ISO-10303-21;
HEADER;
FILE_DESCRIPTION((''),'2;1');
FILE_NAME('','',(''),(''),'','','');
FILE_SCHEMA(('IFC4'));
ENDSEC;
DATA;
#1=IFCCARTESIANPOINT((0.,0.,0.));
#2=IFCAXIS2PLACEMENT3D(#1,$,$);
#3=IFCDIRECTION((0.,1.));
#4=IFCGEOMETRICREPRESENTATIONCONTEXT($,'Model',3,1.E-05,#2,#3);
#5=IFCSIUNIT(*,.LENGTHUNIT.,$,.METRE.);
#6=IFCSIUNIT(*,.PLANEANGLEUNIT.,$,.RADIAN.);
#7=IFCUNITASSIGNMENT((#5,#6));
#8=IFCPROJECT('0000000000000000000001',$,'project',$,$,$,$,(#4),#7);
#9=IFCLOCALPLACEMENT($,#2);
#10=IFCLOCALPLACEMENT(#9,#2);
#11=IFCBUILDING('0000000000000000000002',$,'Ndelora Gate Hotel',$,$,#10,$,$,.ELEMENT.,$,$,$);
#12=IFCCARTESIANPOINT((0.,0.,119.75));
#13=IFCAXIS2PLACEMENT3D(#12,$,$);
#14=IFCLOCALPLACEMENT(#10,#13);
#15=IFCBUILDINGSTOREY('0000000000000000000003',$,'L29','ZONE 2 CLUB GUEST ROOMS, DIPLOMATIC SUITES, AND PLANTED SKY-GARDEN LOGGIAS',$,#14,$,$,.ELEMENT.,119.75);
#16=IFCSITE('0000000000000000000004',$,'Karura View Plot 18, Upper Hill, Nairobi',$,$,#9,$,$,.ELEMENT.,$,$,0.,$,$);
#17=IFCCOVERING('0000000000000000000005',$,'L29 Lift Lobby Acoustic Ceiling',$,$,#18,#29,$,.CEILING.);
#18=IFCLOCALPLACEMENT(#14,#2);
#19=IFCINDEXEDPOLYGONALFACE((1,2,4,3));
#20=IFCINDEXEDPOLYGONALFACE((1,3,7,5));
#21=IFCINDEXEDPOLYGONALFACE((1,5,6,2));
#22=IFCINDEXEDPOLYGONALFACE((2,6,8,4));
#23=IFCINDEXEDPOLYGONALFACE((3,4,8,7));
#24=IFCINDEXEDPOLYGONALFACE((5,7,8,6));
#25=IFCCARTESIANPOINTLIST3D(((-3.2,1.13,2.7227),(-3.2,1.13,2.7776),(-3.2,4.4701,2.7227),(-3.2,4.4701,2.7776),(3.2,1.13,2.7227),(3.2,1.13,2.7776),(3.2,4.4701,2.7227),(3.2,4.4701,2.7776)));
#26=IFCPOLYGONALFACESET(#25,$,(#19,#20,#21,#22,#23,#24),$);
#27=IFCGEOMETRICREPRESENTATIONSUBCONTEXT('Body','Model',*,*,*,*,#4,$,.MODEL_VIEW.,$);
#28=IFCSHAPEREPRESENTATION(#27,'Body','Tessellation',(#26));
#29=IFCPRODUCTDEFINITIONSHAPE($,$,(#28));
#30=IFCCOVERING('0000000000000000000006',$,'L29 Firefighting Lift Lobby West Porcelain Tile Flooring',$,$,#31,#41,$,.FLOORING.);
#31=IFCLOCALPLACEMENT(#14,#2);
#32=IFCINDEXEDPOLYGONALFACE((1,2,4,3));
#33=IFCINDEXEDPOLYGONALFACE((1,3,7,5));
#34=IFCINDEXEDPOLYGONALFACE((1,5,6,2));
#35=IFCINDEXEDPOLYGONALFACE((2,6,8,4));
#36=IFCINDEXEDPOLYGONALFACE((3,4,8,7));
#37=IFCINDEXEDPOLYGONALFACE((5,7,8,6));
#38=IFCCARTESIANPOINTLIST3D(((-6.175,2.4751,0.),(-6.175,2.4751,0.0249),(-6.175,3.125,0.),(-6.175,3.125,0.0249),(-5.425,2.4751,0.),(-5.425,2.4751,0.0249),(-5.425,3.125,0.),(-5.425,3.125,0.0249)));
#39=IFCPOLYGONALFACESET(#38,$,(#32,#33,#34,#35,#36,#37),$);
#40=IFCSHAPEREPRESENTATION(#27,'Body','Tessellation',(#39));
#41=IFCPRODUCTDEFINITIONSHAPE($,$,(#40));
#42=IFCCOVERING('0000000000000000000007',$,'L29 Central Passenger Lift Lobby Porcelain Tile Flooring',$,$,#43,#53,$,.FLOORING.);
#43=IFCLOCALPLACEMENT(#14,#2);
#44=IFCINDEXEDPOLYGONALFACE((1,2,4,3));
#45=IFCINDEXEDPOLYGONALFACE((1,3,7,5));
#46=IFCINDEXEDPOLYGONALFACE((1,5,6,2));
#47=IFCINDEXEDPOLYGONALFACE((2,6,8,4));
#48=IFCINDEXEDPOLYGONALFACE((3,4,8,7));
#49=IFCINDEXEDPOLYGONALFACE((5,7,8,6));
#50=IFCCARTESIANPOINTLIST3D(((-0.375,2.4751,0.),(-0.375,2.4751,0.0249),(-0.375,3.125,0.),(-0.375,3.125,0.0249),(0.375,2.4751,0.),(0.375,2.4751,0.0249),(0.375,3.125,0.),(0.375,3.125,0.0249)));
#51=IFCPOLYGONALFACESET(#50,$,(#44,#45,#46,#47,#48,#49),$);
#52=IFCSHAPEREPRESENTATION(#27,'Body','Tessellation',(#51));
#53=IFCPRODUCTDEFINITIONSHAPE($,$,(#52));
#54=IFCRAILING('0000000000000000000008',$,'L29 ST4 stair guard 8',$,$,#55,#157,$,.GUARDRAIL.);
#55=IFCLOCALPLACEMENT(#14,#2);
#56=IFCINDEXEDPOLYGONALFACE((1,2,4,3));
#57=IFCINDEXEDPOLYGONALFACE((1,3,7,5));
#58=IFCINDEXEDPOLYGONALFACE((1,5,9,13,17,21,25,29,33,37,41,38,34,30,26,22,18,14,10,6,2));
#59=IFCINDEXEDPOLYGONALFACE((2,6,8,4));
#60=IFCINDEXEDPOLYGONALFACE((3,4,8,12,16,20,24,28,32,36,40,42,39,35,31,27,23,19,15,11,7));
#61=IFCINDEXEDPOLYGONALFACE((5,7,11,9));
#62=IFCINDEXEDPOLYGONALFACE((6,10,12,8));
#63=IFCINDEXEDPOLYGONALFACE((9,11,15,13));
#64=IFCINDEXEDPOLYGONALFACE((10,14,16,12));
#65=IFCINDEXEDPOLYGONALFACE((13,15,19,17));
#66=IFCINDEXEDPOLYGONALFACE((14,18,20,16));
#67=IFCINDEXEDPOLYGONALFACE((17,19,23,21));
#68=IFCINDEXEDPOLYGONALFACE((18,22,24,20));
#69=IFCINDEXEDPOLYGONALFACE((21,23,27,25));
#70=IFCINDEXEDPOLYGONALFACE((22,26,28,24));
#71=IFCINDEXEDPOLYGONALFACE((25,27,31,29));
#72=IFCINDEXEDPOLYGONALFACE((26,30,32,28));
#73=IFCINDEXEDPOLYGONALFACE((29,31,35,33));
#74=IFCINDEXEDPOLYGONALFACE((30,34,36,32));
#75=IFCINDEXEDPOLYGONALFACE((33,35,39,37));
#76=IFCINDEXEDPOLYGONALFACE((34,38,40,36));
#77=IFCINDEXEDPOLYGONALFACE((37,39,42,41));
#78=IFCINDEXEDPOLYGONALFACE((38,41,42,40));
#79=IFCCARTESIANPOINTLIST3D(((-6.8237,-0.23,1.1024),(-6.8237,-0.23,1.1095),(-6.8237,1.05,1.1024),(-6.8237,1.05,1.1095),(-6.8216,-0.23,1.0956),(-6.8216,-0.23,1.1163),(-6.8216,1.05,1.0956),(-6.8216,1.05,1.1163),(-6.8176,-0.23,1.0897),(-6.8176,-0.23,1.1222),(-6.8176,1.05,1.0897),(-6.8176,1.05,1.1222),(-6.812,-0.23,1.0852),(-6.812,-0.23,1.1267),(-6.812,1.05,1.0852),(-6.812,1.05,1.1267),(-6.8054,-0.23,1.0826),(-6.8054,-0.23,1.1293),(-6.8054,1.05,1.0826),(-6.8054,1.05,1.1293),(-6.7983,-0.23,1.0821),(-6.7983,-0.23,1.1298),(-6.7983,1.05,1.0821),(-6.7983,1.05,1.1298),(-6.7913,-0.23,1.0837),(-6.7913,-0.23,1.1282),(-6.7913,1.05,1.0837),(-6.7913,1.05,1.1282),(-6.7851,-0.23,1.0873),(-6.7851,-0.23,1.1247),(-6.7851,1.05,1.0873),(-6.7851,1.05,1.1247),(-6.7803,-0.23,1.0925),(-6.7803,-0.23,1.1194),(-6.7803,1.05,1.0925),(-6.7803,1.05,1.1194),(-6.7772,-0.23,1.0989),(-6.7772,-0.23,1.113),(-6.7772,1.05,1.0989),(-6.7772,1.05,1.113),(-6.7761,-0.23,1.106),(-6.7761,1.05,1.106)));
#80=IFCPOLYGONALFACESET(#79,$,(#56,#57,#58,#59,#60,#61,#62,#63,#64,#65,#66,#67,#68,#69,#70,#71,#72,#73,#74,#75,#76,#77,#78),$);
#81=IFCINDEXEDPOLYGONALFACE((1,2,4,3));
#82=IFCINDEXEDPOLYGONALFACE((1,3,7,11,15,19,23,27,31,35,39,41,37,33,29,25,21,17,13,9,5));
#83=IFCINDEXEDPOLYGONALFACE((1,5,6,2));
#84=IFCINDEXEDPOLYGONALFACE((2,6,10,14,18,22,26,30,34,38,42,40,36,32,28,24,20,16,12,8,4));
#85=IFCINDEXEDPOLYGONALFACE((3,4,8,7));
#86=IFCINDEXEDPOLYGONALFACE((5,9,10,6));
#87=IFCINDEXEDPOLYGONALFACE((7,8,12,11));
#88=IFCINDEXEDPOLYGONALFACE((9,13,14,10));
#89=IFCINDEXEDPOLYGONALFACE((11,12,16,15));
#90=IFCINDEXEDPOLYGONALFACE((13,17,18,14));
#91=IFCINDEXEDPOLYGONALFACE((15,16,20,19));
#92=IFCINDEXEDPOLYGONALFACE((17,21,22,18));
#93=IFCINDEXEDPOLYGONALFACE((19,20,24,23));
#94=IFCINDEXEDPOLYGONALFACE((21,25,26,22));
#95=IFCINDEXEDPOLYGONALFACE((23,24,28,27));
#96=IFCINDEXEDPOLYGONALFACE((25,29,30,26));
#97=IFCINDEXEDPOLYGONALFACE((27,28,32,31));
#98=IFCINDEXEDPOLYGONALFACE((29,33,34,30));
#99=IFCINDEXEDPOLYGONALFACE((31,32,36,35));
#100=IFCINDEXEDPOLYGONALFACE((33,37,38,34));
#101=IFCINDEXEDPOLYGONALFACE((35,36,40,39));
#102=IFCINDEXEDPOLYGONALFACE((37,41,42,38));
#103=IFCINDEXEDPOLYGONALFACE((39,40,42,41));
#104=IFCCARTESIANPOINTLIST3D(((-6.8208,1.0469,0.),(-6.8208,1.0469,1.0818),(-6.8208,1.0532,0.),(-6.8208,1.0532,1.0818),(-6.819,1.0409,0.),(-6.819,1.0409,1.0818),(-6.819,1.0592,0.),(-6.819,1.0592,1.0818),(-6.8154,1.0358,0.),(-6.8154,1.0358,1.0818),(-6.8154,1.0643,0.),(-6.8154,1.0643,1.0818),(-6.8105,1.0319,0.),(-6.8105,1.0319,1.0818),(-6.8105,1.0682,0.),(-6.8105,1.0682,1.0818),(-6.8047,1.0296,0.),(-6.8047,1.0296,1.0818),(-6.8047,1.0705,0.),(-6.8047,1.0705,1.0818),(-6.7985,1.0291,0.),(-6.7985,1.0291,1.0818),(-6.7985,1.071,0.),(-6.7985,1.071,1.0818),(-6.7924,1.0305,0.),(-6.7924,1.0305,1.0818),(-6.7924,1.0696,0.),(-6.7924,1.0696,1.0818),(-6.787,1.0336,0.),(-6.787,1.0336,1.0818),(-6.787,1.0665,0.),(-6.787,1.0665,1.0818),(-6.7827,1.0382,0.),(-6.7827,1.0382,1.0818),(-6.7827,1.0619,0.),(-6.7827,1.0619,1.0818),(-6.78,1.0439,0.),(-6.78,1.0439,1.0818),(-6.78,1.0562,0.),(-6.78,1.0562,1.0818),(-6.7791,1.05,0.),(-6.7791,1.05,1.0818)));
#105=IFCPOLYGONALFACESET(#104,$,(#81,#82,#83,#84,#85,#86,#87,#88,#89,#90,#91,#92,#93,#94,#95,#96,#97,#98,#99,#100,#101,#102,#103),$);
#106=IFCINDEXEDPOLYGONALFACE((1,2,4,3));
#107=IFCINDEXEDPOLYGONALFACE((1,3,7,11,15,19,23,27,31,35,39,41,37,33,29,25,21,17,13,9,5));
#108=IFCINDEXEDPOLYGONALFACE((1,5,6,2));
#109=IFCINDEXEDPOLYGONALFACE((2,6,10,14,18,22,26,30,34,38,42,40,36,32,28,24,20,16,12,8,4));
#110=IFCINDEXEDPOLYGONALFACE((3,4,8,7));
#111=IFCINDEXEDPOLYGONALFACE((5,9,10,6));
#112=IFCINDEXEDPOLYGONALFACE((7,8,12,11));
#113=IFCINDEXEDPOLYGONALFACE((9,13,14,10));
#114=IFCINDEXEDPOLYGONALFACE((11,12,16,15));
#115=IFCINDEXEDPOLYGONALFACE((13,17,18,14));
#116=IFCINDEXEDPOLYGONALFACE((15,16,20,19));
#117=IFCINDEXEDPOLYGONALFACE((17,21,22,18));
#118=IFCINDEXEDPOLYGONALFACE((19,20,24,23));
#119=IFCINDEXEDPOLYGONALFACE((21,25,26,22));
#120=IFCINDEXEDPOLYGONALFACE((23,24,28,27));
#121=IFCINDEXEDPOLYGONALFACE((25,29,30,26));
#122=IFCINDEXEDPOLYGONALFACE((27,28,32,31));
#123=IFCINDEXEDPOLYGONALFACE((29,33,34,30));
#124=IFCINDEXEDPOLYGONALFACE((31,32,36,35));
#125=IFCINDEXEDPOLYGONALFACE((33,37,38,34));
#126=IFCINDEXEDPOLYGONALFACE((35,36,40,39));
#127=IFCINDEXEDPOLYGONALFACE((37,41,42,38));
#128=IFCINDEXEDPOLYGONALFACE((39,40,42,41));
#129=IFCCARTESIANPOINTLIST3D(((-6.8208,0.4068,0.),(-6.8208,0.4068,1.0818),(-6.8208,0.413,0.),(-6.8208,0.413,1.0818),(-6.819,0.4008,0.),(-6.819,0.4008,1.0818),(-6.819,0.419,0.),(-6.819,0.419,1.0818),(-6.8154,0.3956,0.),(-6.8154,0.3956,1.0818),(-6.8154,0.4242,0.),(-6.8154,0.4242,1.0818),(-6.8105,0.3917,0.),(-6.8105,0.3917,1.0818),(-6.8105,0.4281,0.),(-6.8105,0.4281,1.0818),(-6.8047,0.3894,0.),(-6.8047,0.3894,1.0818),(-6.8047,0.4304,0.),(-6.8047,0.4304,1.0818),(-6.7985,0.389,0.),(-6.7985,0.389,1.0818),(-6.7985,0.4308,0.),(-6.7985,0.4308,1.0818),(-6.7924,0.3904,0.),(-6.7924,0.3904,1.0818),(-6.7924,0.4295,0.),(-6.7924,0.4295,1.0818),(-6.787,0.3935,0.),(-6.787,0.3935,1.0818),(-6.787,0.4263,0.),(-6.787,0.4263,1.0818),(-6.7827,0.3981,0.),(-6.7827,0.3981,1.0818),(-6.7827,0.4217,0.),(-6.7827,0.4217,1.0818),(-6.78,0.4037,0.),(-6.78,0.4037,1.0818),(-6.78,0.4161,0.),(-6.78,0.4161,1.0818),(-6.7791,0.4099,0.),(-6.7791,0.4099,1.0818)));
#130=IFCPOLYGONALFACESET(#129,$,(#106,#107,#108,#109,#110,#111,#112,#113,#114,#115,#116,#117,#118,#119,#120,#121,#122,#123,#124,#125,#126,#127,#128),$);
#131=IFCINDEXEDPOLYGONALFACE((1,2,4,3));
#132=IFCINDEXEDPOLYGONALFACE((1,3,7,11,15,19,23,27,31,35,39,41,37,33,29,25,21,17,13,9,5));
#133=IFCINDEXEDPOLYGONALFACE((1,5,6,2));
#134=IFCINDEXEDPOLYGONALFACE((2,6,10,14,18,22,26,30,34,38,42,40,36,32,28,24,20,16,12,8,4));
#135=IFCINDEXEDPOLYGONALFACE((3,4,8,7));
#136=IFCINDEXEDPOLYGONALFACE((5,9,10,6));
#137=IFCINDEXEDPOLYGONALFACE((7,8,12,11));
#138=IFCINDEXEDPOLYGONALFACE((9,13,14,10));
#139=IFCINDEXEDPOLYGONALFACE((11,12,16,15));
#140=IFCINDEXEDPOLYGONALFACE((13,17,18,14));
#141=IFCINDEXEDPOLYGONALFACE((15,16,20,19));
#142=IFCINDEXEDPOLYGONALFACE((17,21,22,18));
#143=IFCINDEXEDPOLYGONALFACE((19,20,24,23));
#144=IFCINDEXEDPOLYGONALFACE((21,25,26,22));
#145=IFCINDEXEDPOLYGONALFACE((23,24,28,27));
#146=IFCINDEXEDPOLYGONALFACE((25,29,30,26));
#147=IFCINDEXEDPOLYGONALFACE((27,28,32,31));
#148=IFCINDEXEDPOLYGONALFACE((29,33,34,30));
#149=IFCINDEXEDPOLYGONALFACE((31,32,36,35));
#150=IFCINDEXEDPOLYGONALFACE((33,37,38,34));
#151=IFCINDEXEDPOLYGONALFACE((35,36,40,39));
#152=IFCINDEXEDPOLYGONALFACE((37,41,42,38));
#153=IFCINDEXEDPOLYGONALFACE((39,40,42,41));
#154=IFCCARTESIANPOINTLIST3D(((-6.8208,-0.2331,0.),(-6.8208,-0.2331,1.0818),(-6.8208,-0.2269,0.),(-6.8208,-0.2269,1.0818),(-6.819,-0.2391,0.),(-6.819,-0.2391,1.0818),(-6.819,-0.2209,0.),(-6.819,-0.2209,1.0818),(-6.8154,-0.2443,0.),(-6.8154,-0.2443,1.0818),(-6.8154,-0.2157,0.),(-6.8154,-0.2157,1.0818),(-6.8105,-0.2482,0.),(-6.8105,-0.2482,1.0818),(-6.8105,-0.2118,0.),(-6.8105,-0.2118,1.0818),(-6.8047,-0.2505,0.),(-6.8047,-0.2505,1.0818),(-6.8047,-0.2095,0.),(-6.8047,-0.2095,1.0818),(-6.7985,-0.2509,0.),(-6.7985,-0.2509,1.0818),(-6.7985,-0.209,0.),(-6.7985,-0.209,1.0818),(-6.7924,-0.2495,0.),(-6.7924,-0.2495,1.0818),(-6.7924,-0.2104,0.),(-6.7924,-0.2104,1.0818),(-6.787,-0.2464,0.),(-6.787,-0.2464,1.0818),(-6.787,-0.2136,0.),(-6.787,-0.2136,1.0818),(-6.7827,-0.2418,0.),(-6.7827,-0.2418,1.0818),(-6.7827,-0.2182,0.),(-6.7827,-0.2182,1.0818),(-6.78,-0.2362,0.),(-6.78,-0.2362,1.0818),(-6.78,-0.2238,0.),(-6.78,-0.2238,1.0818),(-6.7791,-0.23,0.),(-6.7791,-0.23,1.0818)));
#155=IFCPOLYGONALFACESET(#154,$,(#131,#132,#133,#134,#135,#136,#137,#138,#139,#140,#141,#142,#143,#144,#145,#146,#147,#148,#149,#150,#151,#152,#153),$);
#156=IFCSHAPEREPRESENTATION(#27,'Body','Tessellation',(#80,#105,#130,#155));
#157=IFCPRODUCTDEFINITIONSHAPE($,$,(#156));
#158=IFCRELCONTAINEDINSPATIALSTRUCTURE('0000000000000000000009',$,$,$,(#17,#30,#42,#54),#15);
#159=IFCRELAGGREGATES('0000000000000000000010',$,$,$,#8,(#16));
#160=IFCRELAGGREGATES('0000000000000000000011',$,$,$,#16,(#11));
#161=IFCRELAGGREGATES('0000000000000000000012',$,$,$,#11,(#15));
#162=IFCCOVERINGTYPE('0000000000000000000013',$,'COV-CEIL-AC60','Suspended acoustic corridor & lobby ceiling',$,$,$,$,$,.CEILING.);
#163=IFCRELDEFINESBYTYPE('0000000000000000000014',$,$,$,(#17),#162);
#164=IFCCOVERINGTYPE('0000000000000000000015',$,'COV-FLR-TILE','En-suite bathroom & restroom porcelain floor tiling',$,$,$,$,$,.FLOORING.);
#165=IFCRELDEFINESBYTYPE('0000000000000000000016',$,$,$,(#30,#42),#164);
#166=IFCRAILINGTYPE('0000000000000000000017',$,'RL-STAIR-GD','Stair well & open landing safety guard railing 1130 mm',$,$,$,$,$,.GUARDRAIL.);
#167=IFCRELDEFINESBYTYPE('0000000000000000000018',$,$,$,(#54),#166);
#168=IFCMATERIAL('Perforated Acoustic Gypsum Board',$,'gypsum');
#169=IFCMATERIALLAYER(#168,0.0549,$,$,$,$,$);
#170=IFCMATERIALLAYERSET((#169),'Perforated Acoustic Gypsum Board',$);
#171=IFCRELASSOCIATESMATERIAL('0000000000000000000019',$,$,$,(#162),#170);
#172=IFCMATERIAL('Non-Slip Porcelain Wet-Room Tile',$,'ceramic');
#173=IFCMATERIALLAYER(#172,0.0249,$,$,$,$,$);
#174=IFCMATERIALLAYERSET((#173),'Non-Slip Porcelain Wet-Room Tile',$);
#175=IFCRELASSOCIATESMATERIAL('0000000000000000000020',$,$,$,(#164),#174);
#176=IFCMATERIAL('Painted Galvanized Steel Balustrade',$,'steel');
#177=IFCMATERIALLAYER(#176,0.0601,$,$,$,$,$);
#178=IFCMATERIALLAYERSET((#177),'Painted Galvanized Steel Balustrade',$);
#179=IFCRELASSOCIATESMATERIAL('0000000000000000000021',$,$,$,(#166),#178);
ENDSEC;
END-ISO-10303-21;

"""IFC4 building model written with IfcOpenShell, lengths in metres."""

from ifc_helpers import new_model, si_unit, direction, frame, origin, origin_2d, place, context, subcontext, project, spatial, rectangle, circle, extrude, material, layer, layer_set, type_object, element, save


model = new_model("IFC4")

# Units and contexts
model_context = context("Model", 3, precision=1e-05, world=origin(), true_north=direction((0.0, 1.0)))
body_context = subcontext(model_context, "Body", "Model", "MODEL_VIEW")
ifc_project = project(units=[si_unit("LENGTHUNIT", "METRE"), si_unit("PLANEANGLEUNIT", "RADIAN")], contexts=[model_context])

# Site, building, storey
site_placement = place(None, origin())
site = spatial("IfcSite", under=ifc_project, at=site_placement, Name="Karura View Plot 18, Upper Hill, Nairobi", CompositionType="ELEMENT", RefElevation=0.0)
building_placement = place(site_placement, origin())
building = spatial("IfcBuilding", under=site, at=building_placement, Name="Ndelora Gate Hotel", CompositionType="ELEMENT")
storey_placement = place(building_placement, frame((0.0, 0.0, 119.75)))
storey = spatial("IfcBuildingStorey", under=building, at=storey_placement, Name="L29", Description="ZONE 2 CLUB GUEST ROOMS, DIPLOMATIC SUITES, AND PLANTED SKY-GARDEN LOGGIAS", CompositionType="ELEMENT", Elevation=119.75)

# Coverings
ifc_material_1 = material(Name="Perforated Acoustic Gypsum Board", Category="gypsum")
ifc_layer_1 = layer(ifc_material_1, 0.0549)
ifc_layer_set_1 = layer_set([ifc_layer_1], Name="Perforated Acoustic Gypsum Board")
covering_type_1 = type_object("IfcCoveringType", Name="COV-CEIL-AC60", Description="Suspended acoustic corridor & lobby ceiling", PredefinedType="CEILING", material=ifc_layer_set_1)
covering_placement = place(storey_placement, frame((0.0, 2.8, 2.7227), z_axis=(0.0, 0.0, 1.0), x_axis=(1.0, 0.0, 0.0)))
element("IfcCovering", 1, at=covering_placement, inside=storey, type_object=covering_type_1, Name="L29 Lift Lobby Acoustic Ceiling", PredefinedType="CEILING", context=body_context, shape_type="SweptSolid", body=[
    extrude(rectangle(XDim=6.3999, YDim=3.3401, at=origin_2d()), origin(), (0.0, 0.0, 1.0), 0.0549),
])
ifc_material_2 = material(Name="Non-Slip Porcelain Wet-Room Tile", Category="ceramic")
ifc_layer_2 = layer(ifc_material_2, 0.0249)
ifc_layer_set_2 = layer_set([ifc_layer_2], Name="Non-Slip Porcelain Wet-Room Tile")
covering_type_2 = type_object("IfcCoveringType", Name="COV-FLR-TILE", Description="En-suite bathroom & restroom porcelain floor tiling", PredefinedType="FLOORING", material=ifc_layer_set_2)
for number, where, z_axis, x_axis, name in (
    (2, (-5.8, 2.8, 0.0), (0.0, 0.0, 1.0), (1.0, 0.0, 0.0), "L29 Firefighting Lift Lobby West Porcelain Tile Flooring"),
    (3, (0.0, 2.8, 0.0), (0.0, 0.0, 1.0), (1.0, 0.0, 0.0), "L29 Central Passenger Lift Lobby Porcelain Tile Flooring"),
):
    element("IfcCovering", number, at=place(storey_placement, frame(where, z_axis=z_axis, x_axis=x_axis)), inside=storey, type_object=covering_type_2, Name=name, PredefinedType="FLOORING", context=body_context, shape_type="SweptSolid", body=[
        extrude(rectangle(XDim=0.75, YDim=0.6499, at=origin_2d()), origin(), (0.0, 0.0, 1.0), 0.0249),
    ])

# Railing
ifc_material_3 = material(Name="Painted Galvanized Steel Balustrade", Category="steel")
ifc_layer_3 = layer(ifc_material_3, 0.0601)
ifc_layer_set_3 = layer_set([ifc_layer_3], Name="Painted Galvanized Steel Balustrade")
railing_type = type_object("IfcRailingType", Name="RL-STAIR-GD", Description="Stair well & open landing safety guard railing 1130 mm", PredefinedType="GUARDRAIL", material=ifc_layer_set_3)
for number, where, name in (
    (4, (-6.8, 1.05, 0.0), "L29 ST4 stair guard 8"),
):
    element("IfcRailing", number, at=place(storey_placement, frame(where)), inside=storey, type_object=railing_type, Name=name, PredefinedType="GUARDRAIL", context=body_context, shape_type="SweptSolid", body=[
        extrude(circle(Radius=0.0239, at=origin_2d()), frame((0.0, 0.0, 1.106), z_axis=(0.0, -1.0, 0.0), x_axis=(1.0, 0.0, 0.0)), (0.0, 0.0, 1.0), 1.28),
        extrude(circle(Radius=0.021, at=origin_2d()), origin(), (0.0, 0.0, 1.0), 1.0818),
        extrude(circle(Radius=0.021, at=origin_2d()), frame((0.0, -0.6401, 0.0)), (0.0, 0.0, 1.0), 1.0818),
        extrude(circle(Radius=0.021, at=origin_2d()), frame((0.0, -1.28, 0.0)), (0.0, 0.0, 1.0), 1.0818),
    ])

save(model, "model.ifc")
